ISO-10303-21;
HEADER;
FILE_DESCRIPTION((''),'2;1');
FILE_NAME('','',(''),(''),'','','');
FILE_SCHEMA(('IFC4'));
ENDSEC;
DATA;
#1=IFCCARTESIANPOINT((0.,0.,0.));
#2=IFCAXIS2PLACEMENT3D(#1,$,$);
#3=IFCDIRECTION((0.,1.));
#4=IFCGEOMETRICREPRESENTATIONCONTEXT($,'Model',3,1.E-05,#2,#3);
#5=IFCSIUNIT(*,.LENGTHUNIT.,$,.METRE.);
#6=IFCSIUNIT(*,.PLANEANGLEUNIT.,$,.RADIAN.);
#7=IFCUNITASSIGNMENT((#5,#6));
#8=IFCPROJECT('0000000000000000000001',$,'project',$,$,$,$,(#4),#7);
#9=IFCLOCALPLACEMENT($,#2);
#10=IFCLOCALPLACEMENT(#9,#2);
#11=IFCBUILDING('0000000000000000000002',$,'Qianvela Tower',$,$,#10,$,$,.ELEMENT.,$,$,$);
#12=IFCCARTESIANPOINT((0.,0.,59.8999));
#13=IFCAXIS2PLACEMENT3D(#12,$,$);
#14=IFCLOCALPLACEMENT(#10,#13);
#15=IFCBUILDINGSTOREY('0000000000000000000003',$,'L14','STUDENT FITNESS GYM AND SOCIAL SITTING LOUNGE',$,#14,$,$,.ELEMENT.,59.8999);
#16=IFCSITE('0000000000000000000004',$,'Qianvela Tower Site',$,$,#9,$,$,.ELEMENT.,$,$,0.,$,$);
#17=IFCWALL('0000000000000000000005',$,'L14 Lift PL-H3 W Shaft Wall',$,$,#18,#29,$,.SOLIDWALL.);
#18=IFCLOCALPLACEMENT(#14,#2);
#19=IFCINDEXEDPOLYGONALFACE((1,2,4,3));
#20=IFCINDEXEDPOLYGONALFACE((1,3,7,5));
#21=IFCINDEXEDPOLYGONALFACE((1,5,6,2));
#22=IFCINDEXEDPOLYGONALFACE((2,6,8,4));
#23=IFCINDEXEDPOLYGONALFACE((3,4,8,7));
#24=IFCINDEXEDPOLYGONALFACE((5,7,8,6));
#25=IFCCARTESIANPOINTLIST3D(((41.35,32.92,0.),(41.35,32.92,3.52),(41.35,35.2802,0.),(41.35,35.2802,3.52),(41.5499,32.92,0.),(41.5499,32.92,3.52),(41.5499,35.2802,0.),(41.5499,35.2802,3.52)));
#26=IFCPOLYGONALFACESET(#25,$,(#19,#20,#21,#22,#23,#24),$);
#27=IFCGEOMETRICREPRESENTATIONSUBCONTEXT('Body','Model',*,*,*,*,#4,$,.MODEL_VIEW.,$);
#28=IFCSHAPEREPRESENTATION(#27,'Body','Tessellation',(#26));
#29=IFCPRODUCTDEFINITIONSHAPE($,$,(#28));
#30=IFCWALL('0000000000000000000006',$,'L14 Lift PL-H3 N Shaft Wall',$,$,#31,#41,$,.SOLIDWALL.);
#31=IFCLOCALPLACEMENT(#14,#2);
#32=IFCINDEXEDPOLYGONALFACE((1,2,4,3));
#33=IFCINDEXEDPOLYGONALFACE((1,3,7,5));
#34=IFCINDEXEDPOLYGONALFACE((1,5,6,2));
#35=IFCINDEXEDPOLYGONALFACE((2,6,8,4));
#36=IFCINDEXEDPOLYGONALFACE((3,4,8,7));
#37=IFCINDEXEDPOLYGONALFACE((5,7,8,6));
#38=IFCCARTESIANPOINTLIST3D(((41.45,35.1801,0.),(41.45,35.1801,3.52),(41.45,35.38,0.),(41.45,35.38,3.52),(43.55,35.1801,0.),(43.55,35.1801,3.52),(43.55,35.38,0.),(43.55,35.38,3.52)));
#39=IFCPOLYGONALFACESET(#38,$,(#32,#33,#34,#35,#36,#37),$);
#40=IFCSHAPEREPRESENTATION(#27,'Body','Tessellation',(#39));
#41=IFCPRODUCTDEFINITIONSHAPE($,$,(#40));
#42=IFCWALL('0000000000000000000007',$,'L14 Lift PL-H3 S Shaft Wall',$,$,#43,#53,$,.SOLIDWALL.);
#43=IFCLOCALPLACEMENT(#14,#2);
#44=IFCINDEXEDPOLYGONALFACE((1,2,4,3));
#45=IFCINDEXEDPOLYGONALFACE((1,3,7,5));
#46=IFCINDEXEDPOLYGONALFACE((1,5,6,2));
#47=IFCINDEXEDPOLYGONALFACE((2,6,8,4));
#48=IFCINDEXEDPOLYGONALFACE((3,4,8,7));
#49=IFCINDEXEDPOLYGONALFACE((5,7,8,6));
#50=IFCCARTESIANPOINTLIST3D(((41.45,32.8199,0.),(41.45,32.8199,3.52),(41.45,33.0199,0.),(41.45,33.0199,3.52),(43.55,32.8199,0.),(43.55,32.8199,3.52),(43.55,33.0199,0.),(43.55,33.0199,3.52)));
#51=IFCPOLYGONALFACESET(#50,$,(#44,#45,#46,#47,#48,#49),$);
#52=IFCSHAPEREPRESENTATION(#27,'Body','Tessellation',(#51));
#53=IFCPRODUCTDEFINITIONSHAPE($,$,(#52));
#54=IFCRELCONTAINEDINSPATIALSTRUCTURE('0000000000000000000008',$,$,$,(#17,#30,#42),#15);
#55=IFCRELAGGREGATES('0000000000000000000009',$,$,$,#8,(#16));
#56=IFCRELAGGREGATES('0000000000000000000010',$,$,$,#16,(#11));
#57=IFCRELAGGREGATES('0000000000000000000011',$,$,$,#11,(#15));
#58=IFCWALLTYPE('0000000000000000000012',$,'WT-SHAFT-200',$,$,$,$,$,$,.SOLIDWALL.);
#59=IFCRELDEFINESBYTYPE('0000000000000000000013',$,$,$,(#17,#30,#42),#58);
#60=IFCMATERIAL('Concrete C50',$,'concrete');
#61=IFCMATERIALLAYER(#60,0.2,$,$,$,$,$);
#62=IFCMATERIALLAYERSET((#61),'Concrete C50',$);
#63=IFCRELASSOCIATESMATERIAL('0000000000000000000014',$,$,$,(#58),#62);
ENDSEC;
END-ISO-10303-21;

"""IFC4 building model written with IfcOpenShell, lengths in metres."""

from ifc_helpers import new_model, si_unit, direction, frame, frame_2d, origin, place, context, subcontext, project, spatial, rectangle, extrude, material, layer, layer_set, type_object, element, save


model = new_model("IFC4")

# Units and contexts
model_context = context("Model", 3, precision=1e-05, world=origin(), true_north=direction((0.0, 1.0)))
body_context = subcontext(model_context, "Body", "Model", "MODEL_VIEW")
ifc_project = project(units=[si_unit("LENGTHUNIT", "METRE"), si_unit("PLANEANGLEUNIT", "RADIAN")], contexts=[model_context])

# Site, building, storey
site_placement = place(None, origin())
site = spatial("IfcSite", under=ifc_project, at=site_placement, Name="Qianvela Tower Site", CompositionType="ELEMENT", RefElevation=0.0)
building_placement = place(site_placement, origin())
building = spatial("IfcBuilding", under=site, at=building_placement, Name="Qianvela Tower", CompositionType="ELEMENT")
storey_placement = place(building_placement, frame((0.0, 0.0, 59.8999)))
storey = spatial("IfcBuildingStorey", under=building, at=storey_placement, Name="L14", Description="STUDENT FITNESS GYM AND SOCIAL SITTING LOUNGE", CompositionType="ELEMENT", Elevation=59.8999)

# Walls
ifc_material_1 = material(Name="Concrete C50", Category="concrete")
ifc_layer_1 = layer(ifc_material_1, 0.2)
ifc_layer_set_1 = layer_set([ifc_layer_1], Name="Concrete C50")
wall_type_1 = type_object("IfcWallType", Name="WT-SHAFT-200", PredefinedType="SOLIDWALL", material=ifc_layer_set_1)
for number, where, z_axis, x_axis, name in (
    (1, (41.45, 32.9199, 0.0), (0.0, 0.0, 1.0), (0.0, 1.0, 0.0), "L14 Lift PL-H3 W Shaft Wall"),
):
    element("IfcWall", number, at=place(storey_placement, frame(where, z_axis=z_axis, x_axis=x_axis)), inside=storey, type_object=wall_type_1, Name=name, PredefinedType="SOLIDWALL", context=body_context, shape_type="SweptSolid", body=[
        extrude(rectangle(XDim=2.3601, YDim=0.2, at=frame_2d((1.1802, 0.0))), origin(), (0.0, 0.0, 1.0), 3.52),
    ])
for number, where, z_axis, x_axis, name in (
    (2, (41.45, 35.28, 0.0), (0.0, 0.0, 1.0), (1.0, 0.0, 0.0), "L14 Lift PL-H3 N Shaft Wall"),
    (3, (41.45, 32.9199, 0.0), (0.0, 0.0, 1.0), (1.0, 0.0, 0.0), "L14 Lift PL-H3 S Shaft Wall"),
):
    element("IfcWall", number, at=place(storey_placement, frame(where, z_axis=z_axis, x_axis=x_axis)), inside=storey, type_object=wall_type_1, Name=name, PredefinedType="SOLIDWALL", context=body_context, shape_type="SweptSolid", body=[
        extrude(rectangle(XDim=2.1001, YDim=0.2, at=frame_2d((1.05, 0.0))), origin(), (0.0, 0.0, 1.0), 3.52),
    ])

save(model, "model.ifc")
